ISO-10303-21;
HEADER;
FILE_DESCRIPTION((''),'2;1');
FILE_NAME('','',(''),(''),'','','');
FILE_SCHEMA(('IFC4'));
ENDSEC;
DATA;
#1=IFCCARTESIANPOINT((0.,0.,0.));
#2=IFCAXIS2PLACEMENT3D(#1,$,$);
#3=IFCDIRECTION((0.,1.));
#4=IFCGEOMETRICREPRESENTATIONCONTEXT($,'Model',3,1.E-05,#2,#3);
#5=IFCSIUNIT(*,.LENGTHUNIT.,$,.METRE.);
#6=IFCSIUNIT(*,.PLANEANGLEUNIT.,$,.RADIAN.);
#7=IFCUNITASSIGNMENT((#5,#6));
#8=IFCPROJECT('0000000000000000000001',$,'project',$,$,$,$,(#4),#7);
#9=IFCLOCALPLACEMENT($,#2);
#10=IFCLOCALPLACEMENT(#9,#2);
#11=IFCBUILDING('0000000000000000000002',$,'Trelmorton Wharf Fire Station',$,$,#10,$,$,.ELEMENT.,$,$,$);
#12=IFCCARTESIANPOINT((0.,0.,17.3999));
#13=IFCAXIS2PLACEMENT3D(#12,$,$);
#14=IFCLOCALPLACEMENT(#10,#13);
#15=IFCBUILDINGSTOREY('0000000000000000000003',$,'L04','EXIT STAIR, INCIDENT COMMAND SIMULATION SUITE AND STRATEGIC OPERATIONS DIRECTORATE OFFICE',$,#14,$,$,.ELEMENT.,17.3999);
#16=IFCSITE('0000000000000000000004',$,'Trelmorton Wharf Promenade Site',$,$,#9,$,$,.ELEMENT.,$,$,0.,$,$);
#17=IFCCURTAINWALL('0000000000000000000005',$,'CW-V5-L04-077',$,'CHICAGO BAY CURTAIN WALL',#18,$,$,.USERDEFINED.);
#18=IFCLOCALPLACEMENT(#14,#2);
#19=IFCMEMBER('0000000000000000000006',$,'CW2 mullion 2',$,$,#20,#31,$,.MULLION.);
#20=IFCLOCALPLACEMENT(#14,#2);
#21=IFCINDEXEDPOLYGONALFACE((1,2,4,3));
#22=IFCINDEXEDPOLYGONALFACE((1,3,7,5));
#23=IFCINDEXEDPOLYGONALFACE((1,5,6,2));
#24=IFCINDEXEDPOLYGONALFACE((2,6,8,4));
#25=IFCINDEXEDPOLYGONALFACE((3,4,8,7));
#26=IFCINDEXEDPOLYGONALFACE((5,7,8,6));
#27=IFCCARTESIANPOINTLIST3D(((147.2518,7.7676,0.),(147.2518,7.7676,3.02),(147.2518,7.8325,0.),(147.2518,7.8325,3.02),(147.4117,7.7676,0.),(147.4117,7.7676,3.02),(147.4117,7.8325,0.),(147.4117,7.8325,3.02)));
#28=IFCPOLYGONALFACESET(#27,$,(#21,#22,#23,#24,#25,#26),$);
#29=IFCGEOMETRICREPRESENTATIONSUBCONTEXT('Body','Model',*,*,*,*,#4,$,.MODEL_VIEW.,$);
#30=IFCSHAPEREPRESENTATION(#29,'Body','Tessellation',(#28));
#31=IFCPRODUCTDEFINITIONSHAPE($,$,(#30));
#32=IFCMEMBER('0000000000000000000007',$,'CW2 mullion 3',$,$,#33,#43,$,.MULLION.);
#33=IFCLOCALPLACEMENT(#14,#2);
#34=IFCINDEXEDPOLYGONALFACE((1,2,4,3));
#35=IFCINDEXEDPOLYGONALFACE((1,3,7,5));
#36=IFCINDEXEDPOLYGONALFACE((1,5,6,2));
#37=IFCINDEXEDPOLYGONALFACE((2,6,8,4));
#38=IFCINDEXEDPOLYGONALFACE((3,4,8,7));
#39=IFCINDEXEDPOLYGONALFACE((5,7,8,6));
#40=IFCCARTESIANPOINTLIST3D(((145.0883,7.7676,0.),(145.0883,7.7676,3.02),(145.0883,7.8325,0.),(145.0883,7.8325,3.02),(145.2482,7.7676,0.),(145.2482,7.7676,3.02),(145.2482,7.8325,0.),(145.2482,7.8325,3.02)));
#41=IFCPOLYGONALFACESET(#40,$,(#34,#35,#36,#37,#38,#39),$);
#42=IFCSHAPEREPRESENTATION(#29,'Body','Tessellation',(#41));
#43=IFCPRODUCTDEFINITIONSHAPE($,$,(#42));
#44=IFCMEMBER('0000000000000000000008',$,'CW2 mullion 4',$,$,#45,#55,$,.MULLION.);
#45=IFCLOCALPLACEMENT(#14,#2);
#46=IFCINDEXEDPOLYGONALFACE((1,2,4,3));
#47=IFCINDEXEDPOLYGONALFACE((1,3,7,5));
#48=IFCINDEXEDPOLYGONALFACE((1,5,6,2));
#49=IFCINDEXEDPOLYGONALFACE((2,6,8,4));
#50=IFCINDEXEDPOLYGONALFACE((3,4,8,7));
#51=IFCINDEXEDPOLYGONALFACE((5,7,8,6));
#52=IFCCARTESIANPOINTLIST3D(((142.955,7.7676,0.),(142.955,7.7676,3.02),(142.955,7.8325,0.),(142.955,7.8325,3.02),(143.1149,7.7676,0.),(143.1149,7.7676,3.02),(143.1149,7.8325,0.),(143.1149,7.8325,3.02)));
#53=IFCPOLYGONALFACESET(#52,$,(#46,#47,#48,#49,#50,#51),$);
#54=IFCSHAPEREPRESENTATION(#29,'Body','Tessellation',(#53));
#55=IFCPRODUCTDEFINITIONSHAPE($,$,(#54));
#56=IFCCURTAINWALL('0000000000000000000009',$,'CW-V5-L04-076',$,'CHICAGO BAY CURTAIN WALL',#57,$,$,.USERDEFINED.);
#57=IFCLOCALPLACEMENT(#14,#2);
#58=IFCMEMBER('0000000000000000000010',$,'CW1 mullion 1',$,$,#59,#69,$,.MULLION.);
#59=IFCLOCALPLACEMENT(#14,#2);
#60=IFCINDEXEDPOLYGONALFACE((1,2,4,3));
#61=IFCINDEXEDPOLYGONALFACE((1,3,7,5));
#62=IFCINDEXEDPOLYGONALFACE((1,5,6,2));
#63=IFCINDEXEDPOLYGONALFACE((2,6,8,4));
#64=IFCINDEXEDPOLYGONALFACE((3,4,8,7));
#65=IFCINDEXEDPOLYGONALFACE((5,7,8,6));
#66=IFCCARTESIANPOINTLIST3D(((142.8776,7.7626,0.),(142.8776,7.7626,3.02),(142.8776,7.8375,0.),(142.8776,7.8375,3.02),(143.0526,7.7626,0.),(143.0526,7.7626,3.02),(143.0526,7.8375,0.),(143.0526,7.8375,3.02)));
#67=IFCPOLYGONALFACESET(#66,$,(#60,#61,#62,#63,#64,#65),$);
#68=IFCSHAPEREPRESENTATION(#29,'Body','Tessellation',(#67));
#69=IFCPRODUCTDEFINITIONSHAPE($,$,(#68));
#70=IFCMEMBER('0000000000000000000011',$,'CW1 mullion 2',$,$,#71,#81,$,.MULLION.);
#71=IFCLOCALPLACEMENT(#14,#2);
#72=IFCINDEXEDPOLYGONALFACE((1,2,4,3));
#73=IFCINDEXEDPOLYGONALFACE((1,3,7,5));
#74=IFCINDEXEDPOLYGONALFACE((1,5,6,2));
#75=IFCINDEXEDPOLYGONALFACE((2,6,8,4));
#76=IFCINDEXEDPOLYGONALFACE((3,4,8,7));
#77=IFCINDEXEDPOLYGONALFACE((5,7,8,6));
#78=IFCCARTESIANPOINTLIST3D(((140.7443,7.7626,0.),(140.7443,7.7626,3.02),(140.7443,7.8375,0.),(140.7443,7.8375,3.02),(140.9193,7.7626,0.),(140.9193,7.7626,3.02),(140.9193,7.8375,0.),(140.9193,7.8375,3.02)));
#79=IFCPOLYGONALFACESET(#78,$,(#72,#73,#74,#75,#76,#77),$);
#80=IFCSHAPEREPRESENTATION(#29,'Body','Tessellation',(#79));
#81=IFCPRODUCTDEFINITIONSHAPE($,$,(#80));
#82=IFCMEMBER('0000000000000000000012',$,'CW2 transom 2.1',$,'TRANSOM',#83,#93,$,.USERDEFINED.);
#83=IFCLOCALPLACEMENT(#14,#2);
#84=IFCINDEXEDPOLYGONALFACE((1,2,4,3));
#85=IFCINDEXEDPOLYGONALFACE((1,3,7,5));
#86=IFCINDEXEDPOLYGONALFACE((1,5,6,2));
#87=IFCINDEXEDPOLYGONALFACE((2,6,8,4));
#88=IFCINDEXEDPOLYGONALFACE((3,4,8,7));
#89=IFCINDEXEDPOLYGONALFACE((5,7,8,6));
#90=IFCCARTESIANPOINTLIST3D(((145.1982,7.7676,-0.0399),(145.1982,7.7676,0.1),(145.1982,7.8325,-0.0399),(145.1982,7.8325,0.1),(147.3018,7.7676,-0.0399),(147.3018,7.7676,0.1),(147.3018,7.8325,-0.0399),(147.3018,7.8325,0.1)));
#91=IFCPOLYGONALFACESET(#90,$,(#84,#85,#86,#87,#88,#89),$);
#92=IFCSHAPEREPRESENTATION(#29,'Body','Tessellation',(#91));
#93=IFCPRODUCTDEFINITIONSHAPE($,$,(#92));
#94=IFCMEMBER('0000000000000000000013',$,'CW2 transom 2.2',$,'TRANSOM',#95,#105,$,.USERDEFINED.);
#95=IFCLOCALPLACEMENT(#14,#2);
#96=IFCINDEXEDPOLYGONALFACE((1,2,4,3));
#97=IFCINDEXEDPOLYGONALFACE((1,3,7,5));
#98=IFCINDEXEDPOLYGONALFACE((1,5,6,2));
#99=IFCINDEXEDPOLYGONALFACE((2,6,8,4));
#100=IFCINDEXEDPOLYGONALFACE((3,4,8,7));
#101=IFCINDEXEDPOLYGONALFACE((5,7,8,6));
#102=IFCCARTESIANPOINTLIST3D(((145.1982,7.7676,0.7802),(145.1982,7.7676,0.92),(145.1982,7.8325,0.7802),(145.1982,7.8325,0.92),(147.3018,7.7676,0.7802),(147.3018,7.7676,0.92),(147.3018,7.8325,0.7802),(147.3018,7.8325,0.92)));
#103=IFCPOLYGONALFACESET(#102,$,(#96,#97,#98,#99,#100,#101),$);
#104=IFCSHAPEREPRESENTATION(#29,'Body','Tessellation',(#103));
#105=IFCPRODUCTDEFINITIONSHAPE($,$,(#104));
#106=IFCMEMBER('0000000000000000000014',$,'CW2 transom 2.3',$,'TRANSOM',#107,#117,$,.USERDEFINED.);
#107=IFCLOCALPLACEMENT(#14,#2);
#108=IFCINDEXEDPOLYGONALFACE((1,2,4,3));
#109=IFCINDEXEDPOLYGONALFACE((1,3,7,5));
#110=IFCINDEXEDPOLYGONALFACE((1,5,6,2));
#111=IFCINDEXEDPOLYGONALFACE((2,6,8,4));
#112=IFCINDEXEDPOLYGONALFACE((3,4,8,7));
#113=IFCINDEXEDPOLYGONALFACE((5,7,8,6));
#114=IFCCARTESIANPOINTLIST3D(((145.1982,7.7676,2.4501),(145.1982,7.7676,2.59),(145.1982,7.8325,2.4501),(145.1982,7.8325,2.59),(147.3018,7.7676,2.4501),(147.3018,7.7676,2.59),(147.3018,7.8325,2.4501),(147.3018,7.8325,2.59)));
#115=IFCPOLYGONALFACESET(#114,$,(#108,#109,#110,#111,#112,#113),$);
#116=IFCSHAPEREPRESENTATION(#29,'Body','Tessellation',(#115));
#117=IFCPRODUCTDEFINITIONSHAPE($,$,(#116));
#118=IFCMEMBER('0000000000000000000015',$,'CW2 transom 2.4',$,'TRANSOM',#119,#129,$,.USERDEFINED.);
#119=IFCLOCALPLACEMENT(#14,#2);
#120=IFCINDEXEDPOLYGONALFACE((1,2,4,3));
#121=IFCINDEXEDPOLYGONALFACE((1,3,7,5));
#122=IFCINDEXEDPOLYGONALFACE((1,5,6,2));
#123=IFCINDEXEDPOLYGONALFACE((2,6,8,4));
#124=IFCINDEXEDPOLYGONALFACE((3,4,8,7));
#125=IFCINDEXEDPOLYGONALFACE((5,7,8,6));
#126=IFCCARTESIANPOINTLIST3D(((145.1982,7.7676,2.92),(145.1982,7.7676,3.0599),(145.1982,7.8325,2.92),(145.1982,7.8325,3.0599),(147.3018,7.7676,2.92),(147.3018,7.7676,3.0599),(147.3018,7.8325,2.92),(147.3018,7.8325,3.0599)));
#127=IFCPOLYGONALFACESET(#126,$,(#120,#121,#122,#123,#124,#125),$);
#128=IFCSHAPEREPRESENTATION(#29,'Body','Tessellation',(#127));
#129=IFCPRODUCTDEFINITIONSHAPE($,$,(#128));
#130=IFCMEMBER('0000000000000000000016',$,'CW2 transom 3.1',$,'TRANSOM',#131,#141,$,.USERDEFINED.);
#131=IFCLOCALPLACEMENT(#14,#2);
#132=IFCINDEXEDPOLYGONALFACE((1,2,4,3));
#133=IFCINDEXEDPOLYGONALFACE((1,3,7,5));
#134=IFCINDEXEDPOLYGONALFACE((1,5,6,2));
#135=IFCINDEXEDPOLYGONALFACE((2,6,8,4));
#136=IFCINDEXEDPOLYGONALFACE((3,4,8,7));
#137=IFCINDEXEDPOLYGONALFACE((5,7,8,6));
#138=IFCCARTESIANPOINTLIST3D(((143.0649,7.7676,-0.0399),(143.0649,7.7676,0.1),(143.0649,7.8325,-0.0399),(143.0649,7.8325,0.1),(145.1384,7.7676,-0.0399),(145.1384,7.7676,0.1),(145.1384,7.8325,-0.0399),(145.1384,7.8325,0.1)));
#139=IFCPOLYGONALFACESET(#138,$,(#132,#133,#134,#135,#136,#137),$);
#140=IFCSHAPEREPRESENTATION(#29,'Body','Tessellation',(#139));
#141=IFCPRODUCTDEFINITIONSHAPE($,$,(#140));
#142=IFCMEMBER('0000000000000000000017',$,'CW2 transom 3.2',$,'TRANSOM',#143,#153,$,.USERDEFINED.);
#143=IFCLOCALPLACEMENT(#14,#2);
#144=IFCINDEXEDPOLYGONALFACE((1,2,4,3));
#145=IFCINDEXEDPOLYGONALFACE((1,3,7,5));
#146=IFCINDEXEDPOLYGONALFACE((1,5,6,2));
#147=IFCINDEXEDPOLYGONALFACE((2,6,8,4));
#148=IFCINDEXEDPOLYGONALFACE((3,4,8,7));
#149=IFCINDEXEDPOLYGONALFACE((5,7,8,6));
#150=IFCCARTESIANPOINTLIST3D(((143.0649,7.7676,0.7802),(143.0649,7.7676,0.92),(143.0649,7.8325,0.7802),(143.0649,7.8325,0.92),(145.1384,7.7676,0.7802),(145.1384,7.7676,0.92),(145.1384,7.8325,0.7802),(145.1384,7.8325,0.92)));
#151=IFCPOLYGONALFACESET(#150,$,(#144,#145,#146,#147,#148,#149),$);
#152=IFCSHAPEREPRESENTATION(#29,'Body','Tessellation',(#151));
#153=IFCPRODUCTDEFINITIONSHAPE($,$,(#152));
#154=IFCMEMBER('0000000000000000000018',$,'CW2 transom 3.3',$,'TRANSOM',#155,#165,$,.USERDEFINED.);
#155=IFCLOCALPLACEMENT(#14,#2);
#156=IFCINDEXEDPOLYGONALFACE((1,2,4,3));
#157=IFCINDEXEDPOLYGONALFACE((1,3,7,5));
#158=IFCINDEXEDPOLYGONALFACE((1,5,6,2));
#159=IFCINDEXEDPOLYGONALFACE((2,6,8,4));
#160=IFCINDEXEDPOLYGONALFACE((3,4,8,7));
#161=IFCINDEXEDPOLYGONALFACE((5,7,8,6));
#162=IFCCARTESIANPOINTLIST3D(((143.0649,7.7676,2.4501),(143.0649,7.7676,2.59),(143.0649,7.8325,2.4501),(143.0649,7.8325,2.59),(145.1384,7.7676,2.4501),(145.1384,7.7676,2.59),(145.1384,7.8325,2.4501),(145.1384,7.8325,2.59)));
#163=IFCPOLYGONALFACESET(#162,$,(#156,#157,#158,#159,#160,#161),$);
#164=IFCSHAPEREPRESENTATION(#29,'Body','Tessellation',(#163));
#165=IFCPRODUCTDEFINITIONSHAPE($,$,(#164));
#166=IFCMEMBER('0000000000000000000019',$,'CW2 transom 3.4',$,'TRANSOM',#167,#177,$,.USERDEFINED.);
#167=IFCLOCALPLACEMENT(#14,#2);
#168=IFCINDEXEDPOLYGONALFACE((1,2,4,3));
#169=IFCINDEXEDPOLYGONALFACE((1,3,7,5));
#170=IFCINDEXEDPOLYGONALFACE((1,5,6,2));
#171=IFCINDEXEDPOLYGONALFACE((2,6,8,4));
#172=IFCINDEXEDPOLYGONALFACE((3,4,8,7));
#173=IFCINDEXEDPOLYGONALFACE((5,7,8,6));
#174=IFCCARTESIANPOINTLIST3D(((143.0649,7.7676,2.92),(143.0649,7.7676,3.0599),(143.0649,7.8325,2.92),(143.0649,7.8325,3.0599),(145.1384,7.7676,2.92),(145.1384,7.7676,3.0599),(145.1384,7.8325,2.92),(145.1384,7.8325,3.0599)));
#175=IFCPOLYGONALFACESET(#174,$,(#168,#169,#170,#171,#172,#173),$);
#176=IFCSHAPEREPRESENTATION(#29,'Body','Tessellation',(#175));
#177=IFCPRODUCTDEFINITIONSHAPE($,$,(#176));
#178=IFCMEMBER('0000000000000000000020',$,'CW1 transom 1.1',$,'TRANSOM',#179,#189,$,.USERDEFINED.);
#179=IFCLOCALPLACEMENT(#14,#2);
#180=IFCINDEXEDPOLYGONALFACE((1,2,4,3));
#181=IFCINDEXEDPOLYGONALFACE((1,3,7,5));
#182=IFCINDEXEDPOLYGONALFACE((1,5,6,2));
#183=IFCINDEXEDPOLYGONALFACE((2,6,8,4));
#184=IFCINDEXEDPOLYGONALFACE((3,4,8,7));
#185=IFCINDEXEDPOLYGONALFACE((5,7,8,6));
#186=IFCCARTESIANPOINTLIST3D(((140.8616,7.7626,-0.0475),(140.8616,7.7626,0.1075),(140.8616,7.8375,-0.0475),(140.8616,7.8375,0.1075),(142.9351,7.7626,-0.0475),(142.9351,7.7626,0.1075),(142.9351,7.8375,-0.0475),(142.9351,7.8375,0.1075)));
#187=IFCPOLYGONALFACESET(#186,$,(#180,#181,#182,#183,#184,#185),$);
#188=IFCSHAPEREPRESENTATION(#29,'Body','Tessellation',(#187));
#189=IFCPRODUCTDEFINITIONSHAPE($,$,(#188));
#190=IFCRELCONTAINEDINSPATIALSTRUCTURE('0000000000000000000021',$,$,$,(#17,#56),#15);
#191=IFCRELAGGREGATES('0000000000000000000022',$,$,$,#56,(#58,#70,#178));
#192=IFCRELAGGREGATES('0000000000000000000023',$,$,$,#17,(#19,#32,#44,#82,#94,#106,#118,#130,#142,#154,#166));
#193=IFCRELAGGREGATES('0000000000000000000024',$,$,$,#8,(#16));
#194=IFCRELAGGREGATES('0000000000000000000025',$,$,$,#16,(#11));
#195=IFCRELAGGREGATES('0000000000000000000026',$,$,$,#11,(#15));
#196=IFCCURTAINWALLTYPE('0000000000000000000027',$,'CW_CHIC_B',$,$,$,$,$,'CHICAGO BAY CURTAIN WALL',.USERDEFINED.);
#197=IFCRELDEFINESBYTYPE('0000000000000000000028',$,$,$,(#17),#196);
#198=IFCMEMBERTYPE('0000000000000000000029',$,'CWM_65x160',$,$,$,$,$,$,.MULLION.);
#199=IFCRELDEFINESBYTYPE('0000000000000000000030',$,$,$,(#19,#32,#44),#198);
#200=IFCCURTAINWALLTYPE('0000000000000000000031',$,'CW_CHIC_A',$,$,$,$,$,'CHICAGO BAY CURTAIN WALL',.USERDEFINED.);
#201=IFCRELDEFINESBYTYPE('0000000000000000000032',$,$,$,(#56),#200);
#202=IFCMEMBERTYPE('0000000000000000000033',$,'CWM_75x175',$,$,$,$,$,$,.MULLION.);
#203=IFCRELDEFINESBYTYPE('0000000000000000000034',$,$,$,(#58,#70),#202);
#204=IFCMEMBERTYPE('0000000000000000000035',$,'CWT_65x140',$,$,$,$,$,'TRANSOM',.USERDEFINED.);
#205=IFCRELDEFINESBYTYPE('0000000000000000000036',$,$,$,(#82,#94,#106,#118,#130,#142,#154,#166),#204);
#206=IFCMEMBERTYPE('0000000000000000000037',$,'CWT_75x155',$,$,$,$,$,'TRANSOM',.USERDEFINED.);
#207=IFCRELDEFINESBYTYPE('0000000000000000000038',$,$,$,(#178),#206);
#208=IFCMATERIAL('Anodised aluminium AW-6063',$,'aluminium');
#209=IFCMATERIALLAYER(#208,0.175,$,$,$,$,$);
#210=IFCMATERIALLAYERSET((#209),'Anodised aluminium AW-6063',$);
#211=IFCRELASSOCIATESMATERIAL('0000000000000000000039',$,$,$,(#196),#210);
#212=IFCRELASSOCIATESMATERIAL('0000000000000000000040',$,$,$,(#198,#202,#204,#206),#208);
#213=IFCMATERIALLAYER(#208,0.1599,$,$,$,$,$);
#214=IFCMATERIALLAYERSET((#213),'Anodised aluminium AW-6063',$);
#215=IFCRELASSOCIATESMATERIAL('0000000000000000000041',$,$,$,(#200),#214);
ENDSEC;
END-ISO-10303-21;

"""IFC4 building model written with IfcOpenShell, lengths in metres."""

from ifc_helpers import new_model, si_unit, direction, frame, origin, origin_2d, place, context, subcontext, project, spatial, rectangle, extrude, material, layer, layer_set, material_profile, profile_set, type_object, element, aggregate, save


model = new_model("IFC4")

# Units and contexts
model_context = context("Model", 3, precision=1e-05, world=origin(), true_north=direction((0.0, 1.0)))
body_context = subcontext(model_context, "Body", "Model", "MODEL_VIEW")
ifc_project = project(units=[si_unit("LENGTHUNIT", "METRE"), si_unit("PLANEANGLEUNIT", "RADIAN")], contexts=[model_context])

# Site, building, storey
site_placement = place(None, origin())
site = spatial("IfcSite", under=ifc_project, at=site_placement, Name="Trelmorton Wharf Promenade Site", CompositionType="ELEMENT", RefElevation=0.0)
building_placement = place(site_placement, origin())
building = spatial("IfcBuilding", under=site, at=building_placement, Name="Trelmorton Wharf Fire Station", CompositionType="ELEMENT")
storey_placement = place(building_placement, frame((0.0, 0.0, 17.3999)))
storey = spatial("IfcBuildingStorey", under=building, at=storey_placement, Name="L04", Description="EXIT STAIR, INCIDENT COMMAND SIMULATION SUITE AND STRATEGIC OPERATIONS DIRECTORATE OFFICE", CompositionType="ELEMENT", Elevation=17.3999)

# Curtain walls, members
ifc_material_1 = material(Name="Anodised aluminium AW-6063", Category="aluminium")
ifc_layer_1 = layer(ifc_material_1, 0.175)
ifc_layer_set_1 = layer_set([ifc_layer_1], Name="Anodised aluminium AW-6063")
curtain_wall_type_1 = type_object("IfcCurtainWallType", Name="CW_CHIC_B", ElementType="CHICAGO BAY CURTAIN WALL", PredefinedType="USERDEFINED", material=ifc_layer_set_1)
curtain_wall_1_placement = place(storey_placement, origin())
curtain_wall_1 = element("IfcCurtainWall", 1, at=curtain_wall_1_placement, inside=storey, type_object=curtain_wall_type_1, Name="CW-V5-L04-077", ObjectType="CHICAGO BAY CURTAIN WALL", PredefinedType="USERDEFINED")
ifc_material_profile_1 = material_profile(ifc_material_1, rectangle(XDim=0.0649, YDim=0.1599, at=origin_2d()), Name="ALU-65x160")
ifc_profile_set_1 = profile_set([ifc_material_profile_1], Name="Anodised aluminium AW-6063")
member_type_1 = type_object("IfcMemberType", Name="CWM_65x160", PredefinedType="MULLION", material=ifc_profile_set_1)
member_1_placement = place(storey_placement, frame((147.3318, 7.8, 0.0), z_axis=(0.0, 0.0, 1.0), x_axis=(0.0, -1.0, 0.0)))
member_1 = element("IfcMember", 2, at=member_1_placement, type_object=member_type_1, Name="CW2 mullion 2", PredefinedType="MULLION", context=body_context, shape_type="SweptSolid", body=[
    extrude(rectangle(XDim=0.0649, YDim=0.1599, at=origin_2d()), origin(), (0.0, 0.0, 1.0), 3.02),
])
member_2_placement = place(storey_placement, frame((145.1682, 7.8, 0.0), z_axis=(0.0, 0.0, 1.0), x_axis=(0.0, -1.0, 0.0)))
member_2 = element("IfcMember", 3, at=member_2_placement, type_object=member_type_1, Name="CW2 mullion 3", PredefinedType="MULLION", context=body_context, shape_type="SweptSolid", body=[
    extrude(rectangle(XDim=0.0649, YDim=0.1599, at=origin_2d()), origin(), (0.0, 0.0, 1.0), 3.02),
])
member_3_placement = place(storey_placement, frame((143.0349, 7.8, 0.0), z_axis=(0.0, 0.0, 1.0), x_axis=(0.0, -1.0, 0.0)))
member_3 = element("IfcMember", 4, at=member_3_placement, type_object=member_type_1, Name="CW2 mullion 4", PredefinedType="MULLION", context=body_context, shape_type="SweptSolid", body=[
    extrude(rectangle(XDim=0.0649, YDim=0.1599, at=origin_2d()), origin(), (0.0, 0.0, 1.0), 3.02),
])
ifc_layer_2 = layer(ifc_material_1, 0.1599)
ifc_layer_set_2 = layer_set([ifc_layer_2], Name="Anodised aluminium AW-6063")
curtain_wall_type_2 = type_object("IfcCurtainWallType", Name="CW_CHIC_A", ElementType="CHICAGO BAY CURTAIN WALL", PredefinedType="USERDEFINED", material=ifc_layer_set_2)
curtain_wall_2_placement = place(storey_placement, origin())
curtain_wall_2 = element("IfcCurtainWall", 5, at=curtain_wall_2_placement, inside=storey, type_object=curtain_wall_type_2, Name="CW-V5-L04-076", ObjectType="CHICAGO BAY CURTAIN WALL", PredefinedType="USERDEFINED")
ifc_material_profile_2 = material_profile(ifc_material_1, rectangle(XDim=0.075, YDim=0.175, at=origin_2d()), Name="ALU-75x175")
ifc_profile_set_2 = profile_set([ifc_material_profile_2], Name="Anodised aluminium AW-6063")
member_type_2 = type_object("IfcMemberType", Name="CWM_75x175", PredefinedType="MULLION", material=ifc_profile_set_2)
member_4_placement = place(storey_placement, frame((142.9651, 7.8, 0.0), z_axis=(0.0, 0.0, 1.0), x_axis=(0.0, -1.0, 0.0)))
member_4 = element("IfcMember", 6, at=member_4_placement, type_object=member_type_2, Name="CW1 mullion 1", PredefinedType="MULLION", context=body_context, shape_type="SweptSolid", body=[
    extrude(rectangle(XDim=0.075, YDim=0.175, at=origin_2d()), origin(), (0.0, 0.0, 1.0), 3.02),
])
member_5_placement = place(storey_placement, frame((140.8318, 7.8, 0.0), z_axis=(0.0, 0.0, 1.0), x_axis=(0.0, -1.0, 0.0)))
member_5 = element("IfcMember", 7, at=member_5_placement, type_object=member_type_2, Name="CW1 mullion 2", PredefinedType="MULLION", context=body_context, shape_type="SweptSolid", body=[
    extrude(rectangle(XDim=0.075, YDim=0.175, at=origin_2d()), origin(), (0.0, 0.0, 1.0), 3.02),
])

# Members
ifc_material_profile_3 = material_profile(ifc_material_1, rectangle(XDim=0.0649, YDim=0.1399, at=origin_2d()), Name="ALU-65x140")
ifc_profile_set_3 = profile_set([ifc_material_profile_3], Name="Anodised aluminium AW-6063")
member_type_3 = type_object("IfcMemberType", Name="CWT_65x140", ElementType="TRANSOM", PredefinedType="USERDEFINED", material=ifc_profile_set_3)
member_6_placement = place(storey_placement, frame((147.3018, 7.8, 0.03), z_axis=(-1.0, 0.0, 0.0), x_axis=(0.0, -1.0, 0.0)))
member_6 = element("IfcMember", 8, at=member_6_placement, type_object=member_type_3, Name="CW2 transom 2.1", ObjectType="TRANSOM", PredefinedType="USERDEFINED", context=body_context, shape_type="SweptSolid", body=[
    extrude(rectangle(XDim=0.0649, YDim=0.1399, at=origin_2d()), origin(), (0.0, 0.0, 1.0), 2.1035),
])
member_7_placement = place(storey_placement, frame((147.3018, 7.8, 0.8501), z_axis=(-1.0, 0.0, 0.0), x_axis=(0.0, -1.0, 0.0)))
member_7 = element("IfcMember", 9, at=member_7_placement, type_object=member_type_3, Name="CW2 transom 2.2", ObjectType="TRANSOM", PredefinedType="USERDEFINED", context=body_context, shape_type="SweptSolid", body=[
    extrude(rectangle(XDim=0.0649, YDim=0.1399, at=origin_2d()), origin(), (0.0, 0.0, 1.0), 2.1035),
])
member_8_placement = place(storey_placement, frame((147.3018, 7.8, 2.52), z_axis=(-1.0, 0.0, 0.0), x_axis=(0.0, -1.0, 0.0)))
member_8 = element("IfcMember", 10, at=member_8_placement, type_object=member_type_3, Name="CW2 transom 2.3", ObjectType="TRANSOM", PredefinedType="USERDEFINED", context=body_context, shape_type="SweptSolid", body=[
    extrude(rectangle(XDim=0.0649, YDim=0.1399, at=origin_2d()), origin(), (0.0, 0.0, 1.0), 2.1035),
])
member_9_placement = place(storey_placement, frame((147.3018, 7.8, 2.99), z_axis=(-1.0, 0.0, 0.0), x_axis=(0.0, -1.0, 0.0)))
member_9 = element("IfcMember", 11, at=member_9_placement, type_object=member_type_3, Name="CW2 transom 2.4", ObjectType="TRANSOM", PredefinedType="USERDEFINED", context=body_context, shape_type="SweptSolid", body=[
    extrude(rectangle(XDim=0.0649, YDim=0.1399, at=origin_2d()), origin(), (0.0, 0.0, 1.0), 2.1035),
])
member_10_placement = place(storey_placement, frame((145.1384, 7.8, 0.03), z_axis=(-1.0, 0.0, 0.0), x_axis=(0.0, -1.0, 0.0)))
member_10 = element("IfcMember", 12, at=member_10_placement, type_object=member_type_3, Name="CW2 transom 3.1", ObjectType="TRANSOM", PredefinedType="USERDEFINED", context=body_context, shape_type="SweptSolid", body=[
    extrude(rectangle(XDim=0.0649, YDim=0.1399, at=origin_2d()), origin(), (0.0, 0.0, 1.0), 2.0735),
])
member_11_placement = place(storey_placement, frame((145.1384, 7.8, 0.8501), z_axis=(-1.0, 0.0, 0.0), x_axis=(0.0, -1.0, 0.0)))
member_11 = element("IfcMember", 13, at=member_11_placement, type_object=member_type_3, Name="CW2 transom 3.2", ObjectType="TRANSOM", PredefinedType="USERDEFINED", context=body_context, shape_type="SweptSolid", body=[
    extrude(rectangle(XDim=0.0649, YDim=0.1399, at=origin_2d()), origin(), (0.0, 0.0, 1.0), 2.0735),
])
member_12_placement = place(storey_placement, frame((145.1384, 7.8, 2.52), z_axis=(-1.0, 0.0, 0.0), x_axis=(0.0, -1.0, 0.0)))
member_12 = element("IfcMember", 14, at=member_12_placement, type_object=member_type_3, Name="CW2 transom 3.3", ObjectType="TRANSOM", PredefinedType="USERDEFINED", context=body_context, shape_type="SweptSolid", body=[
    extrude(rectangle(XDim=0.0649, YDim=0.1399, at=origin_2d()), origin(), (0.0, 0.0, 1.0), 2.0735),
])
member_13_placement = place(storey_placement, frame((145.1384, 7.8, 2.99), z_axis=(-1.0, 0.0, 0.0), x_axis=(0.0, -1.0, 0.0)))
member_13 = element("IfcMember", 15, at=member_13_placement, type_object=member_type_3, Name="CW2 transom 3.4", ObjectType="TRANSOM", PredefinedType="USERDEFINED", context=body_context, shape_type="SweptSolid", body=[
    extrude(rectangle(XDim=0.0649, YDim=0.1399, at=origin_2d()), origin(), (0.0, 0.0, 1.0), 2.0735),
])
ifc_material_profile_4 = material_profile(ifc_material_1, rectangle(XDim=0.075, YDim=0.155, at=origin_2d()), Name="ALU-75x155")
ifc_profile_set_4 = profile_set([ifc_material_profile_4], Name="Anodised aluminium AW-6063")
member_type_4 = type_object("IfcMemberType", Name="CWT_75x155", ElementType="TRANSOM", PredefinedType="USERDEFINED", material=ifc_profile_set_4)
member_14_placement = place(storey_placement, frame((142.9351, 7.8, 0.03), z_axis=(-1.0, 0.0, 0.0), x_axis=(0.0, -1.0, 0.0)))
member_14 = element("IfcMember", 16, at=member_14_placement, type_object=member_type_4, Name="CW1 transom 1.1", ObjectType="TRANSOM", PredefinedType="USERDEFINED", context=body_context, shape_type="SweptSolid", body=[
    extrude(rectangle(XDim=0.075, YDim=0.155, at=origin_2d()), origin(), (0.0, 0.0, 1.0), 2.0735),
])

aggregate(curtain_wall_2, [member_4, member_5, member_14])
aggregate(curtain_wall_1, [member_1, member_2, member_3, member_6, member_7, member_8, member_9, member_10, member_11, member_12, member_13])

save(model, "model.ifc")
